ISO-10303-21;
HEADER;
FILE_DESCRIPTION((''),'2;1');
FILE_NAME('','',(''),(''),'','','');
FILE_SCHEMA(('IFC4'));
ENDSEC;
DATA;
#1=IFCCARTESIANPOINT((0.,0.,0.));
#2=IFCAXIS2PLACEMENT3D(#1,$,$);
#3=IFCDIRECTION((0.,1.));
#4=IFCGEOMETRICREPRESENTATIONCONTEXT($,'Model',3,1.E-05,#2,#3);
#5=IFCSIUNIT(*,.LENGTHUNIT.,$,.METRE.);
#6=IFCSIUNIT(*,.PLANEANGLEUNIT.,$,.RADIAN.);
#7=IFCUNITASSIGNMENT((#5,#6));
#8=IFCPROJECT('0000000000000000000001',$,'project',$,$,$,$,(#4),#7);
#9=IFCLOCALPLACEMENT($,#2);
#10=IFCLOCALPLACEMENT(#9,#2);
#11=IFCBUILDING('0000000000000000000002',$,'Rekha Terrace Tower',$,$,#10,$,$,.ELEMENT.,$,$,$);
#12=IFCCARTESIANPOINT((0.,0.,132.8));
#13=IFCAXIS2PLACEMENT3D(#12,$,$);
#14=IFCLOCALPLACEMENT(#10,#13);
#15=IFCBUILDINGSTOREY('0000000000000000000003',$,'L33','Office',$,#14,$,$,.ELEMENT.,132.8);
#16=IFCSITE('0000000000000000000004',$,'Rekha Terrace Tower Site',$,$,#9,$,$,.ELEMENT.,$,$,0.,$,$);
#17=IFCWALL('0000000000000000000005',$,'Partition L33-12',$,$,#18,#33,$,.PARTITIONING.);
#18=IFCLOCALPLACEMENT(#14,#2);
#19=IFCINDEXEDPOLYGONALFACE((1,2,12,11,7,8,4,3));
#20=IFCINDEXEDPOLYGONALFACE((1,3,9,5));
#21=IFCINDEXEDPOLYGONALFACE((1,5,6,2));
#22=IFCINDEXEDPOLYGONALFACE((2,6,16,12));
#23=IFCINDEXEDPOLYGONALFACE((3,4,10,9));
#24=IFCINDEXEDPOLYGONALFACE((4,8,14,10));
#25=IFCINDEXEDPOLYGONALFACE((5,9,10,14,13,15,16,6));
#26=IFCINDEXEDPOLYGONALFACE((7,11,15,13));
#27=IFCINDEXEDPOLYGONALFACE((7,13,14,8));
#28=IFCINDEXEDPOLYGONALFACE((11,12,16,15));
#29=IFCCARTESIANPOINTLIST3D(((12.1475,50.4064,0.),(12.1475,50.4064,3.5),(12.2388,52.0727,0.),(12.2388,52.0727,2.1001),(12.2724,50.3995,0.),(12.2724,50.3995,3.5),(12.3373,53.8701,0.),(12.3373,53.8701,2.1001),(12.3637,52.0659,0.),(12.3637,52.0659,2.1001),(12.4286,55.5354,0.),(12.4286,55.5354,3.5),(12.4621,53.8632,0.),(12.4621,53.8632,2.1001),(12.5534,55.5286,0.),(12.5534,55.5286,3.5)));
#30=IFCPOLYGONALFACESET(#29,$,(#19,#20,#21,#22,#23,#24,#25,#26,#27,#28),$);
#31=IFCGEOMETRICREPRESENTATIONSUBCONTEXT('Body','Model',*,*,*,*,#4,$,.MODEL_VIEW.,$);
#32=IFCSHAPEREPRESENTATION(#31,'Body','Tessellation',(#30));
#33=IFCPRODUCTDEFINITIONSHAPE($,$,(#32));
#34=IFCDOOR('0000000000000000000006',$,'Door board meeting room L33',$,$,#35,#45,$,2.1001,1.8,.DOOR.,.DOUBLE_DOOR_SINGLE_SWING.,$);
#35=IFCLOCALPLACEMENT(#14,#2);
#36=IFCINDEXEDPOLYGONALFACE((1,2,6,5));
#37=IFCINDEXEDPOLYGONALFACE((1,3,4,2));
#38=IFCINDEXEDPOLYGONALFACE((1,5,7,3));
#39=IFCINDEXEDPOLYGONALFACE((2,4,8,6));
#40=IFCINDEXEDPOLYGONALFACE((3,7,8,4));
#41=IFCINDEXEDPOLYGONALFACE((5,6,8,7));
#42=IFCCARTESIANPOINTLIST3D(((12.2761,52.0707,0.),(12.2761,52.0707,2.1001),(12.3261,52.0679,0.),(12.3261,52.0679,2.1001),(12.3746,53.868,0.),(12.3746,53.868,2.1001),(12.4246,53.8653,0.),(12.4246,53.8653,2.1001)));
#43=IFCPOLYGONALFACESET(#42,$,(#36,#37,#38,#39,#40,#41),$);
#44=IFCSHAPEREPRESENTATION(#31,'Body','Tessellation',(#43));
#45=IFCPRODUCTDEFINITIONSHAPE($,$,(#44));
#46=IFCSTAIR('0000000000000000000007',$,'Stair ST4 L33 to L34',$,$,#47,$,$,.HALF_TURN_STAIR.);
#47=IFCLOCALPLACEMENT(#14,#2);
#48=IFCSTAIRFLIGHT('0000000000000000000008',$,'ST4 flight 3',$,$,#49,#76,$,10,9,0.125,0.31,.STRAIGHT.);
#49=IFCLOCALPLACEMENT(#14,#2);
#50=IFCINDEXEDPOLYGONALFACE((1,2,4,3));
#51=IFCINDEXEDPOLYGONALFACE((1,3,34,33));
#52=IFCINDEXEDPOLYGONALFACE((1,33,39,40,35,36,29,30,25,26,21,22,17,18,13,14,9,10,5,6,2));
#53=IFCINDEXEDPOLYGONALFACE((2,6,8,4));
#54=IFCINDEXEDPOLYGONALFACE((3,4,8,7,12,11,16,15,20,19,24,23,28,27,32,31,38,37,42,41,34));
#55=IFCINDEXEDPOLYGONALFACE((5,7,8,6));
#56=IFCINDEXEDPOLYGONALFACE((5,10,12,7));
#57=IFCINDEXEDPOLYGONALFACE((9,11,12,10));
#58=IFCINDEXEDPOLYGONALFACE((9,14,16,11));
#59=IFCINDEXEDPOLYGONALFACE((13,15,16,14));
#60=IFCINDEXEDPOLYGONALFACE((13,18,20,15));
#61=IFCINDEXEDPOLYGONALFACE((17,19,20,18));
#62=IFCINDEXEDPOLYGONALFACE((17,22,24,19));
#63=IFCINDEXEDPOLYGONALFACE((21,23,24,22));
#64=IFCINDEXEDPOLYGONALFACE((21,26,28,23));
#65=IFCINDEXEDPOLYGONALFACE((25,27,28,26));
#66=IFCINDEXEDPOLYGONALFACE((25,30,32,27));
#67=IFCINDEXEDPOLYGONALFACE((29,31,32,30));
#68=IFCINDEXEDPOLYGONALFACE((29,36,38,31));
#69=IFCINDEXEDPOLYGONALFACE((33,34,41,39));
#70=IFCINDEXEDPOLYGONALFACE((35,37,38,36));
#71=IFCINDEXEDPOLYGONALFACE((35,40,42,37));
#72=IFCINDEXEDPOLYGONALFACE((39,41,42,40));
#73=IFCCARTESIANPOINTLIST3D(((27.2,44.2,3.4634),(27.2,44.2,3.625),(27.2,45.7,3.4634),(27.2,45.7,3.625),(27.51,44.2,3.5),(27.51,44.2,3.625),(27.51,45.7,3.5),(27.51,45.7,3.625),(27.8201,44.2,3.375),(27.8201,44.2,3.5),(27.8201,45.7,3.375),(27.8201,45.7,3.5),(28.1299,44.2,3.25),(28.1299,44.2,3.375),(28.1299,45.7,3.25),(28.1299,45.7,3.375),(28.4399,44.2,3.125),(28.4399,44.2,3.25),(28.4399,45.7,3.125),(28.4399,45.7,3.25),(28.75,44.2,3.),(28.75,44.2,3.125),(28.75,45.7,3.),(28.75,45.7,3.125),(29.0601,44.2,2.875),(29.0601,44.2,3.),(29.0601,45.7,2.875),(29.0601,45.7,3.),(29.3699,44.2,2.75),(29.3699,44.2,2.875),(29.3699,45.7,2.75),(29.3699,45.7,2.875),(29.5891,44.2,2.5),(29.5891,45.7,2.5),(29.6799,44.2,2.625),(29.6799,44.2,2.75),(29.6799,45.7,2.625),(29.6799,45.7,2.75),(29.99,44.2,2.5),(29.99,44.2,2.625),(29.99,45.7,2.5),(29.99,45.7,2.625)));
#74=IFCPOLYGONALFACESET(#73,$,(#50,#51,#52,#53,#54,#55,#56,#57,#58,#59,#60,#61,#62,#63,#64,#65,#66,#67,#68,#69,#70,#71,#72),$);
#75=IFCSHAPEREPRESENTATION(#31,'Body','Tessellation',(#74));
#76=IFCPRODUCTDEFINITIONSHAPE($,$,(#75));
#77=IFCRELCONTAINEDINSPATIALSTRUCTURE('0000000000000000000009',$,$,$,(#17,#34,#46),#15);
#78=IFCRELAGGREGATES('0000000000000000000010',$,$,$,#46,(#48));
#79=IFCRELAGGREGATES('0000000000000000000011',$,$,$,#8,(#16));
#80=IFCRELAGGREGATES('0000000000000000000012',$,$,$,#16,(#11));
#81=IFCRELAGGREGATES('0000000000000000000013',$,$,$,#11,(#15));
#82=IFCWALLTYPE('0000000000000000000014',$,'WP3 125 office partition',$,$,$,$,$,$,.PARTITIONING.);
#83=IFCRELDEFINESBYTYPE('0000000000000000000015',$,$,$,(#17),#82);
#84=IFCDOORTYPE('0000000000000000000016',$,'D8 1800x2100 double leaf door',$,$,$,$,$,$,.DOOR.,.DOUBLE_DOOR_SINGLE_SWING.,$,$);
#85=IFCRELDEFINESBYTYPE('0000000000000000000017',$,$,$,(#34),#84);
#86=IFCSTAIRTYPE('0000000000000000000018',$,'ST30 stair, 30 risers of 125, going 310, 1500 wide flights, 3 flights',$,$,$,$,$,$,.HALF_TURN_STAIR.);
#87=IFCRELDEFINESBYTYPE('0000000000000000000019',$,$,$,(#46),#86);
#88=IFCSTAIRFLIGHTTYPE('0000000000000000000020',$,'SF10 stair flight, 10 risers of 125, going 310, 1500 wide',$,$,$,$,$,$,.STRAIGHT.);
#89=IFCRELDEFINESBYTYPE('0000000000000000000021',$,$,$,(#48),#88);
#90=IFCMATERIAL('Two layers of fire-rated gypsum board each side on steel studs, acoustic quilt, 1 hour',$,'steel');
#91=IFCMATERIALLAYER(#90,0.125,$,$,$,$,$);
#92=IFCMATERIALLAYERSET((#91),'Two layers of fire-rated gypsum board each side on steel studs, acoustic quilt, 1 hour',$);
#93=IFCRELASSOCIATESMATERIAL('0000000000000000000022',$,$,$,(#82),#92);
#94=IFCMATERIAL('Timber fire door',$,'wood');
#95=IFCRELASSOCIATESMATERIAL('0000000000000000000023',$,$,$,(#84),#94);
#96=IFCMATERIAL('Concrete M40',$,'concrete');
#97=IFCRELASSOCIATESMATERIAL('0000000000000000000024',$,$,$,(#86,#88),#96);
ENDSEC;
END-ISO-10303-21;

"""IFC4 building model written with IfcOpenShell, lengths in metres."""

from ifc_helpers import new_model, si_unit, direction, frame, frame_2d, origin, place, context, subcontext, project, spatial, polyline, rectangle, outline, extrude, material, layer, layer_set, type_object, element, fill, aggregate, save


model = new_model("IFC4")

# Units and contexts
model_context = context("Model", 3, precision=1e-05, world=origin(), true_north=direction((0.0, 1.0)))
body_context = subcontext(model_context, "Body", "Model", "MODEL_VIEW")
ifc_project = project(units=[si_unit("LENGTHUNIT", "METRE"), si_unit("PLANEANGLEUNIT", "RADIAN")], contexts=[model_context])

# Site, building, storey
site_placement = place(None, origin())
site = spatial("IfcSite", under=ifc_project, at=site_placement, Name="Rekha Terrace Tower Site", CompositionType="ELEMENT", RefElevation=0.0)
building_placement = place(site_placement, origin())
building = spatial("IfcBuilding", under=site, at=building_placement, Name="Rekha Terrace Tower", CompositionType="ELEMENT")
storey_placement = place(building_placement, frame((0.0, 0.0, 132.8)))
storey = spatial("IfcBuildingStorey", under=building, at=storey_placement, Name="L33", Description="Office", CompositionType="ELEMENT", Elevation=132.8)

# Shared definitions
ifc_material_1 = material(Name="Timber fire door", Category="wood")

# Shared definitions
ifc_material_2 = material(Name="Two layers of fire-rated gypsum board each side on steel studs, acoustic quilt, 1 hour", Category="steel")
ifc_layer_1 = layer(ifc_material_2, 0.125)
ifc_layer_set_1 = layer_set([ifc_layer_1], Name="Two layers of fire-rated gypsum board each side on steel studs, acoustic quilt, 1 hour")
wall_type_1 = type_object("IfcWallType", Name="WP3 125 office partition", PredefinedType="PARTITIONING", material=ifc_layer_set_1)

# Wall, opening, door
wall_1_placement = place(storey_placement, frame((12.491, 55.532, 0.0), z_axis=(0.0, 0.0, 1.0), x_axis=(-0.054707, -0.998502, 0.0)))
wall_1 = element("IfcWall", 1, at=wall_1_placement, inside=storey, type_object=wall_type_1, Name="Partition L33-12", PredefinedType="PARTITIONING", context=body_context, shape_type="SweptSolid", body=[
    extrude(rectangle(XDim=5.1367, YDim=0.125, at=frame_2d((2.5684, 0.0))), origin(), (0.0, 0.0, 1.0), 3.5),
])
opening_1_placement = place(wall_1_placement, frame((1.668, 0.0, 0.0)))
opening_1 = element("IfcOpeningElement", 2, at=opening_1_placement, cuts=wall_1, PredefinedType="OPENING", context=body_context, shape_type="SweptSolid", body=[
    extrude(rectangle(XDim=1.8, YDim=2.1001, at=frame_2d((0.8999, 1.05))), frame((0.0, 0.0725, 0.0), z_axis=(0.0, -1.0, 0.0), x_axis=(1.0, 0.0, 0.0)), (0.0, 0.0, 1.0), 0.145),
])
door_type_1 = type_object("IfcDoorType", Name="D8 1800x2100 double leaf door", OperationType="DOUBLE_DOOR_SINGLE_SWING", PredefinedType="DOOR", material=ifc_material_1)
door_1_placement = place(opening_1_placement, origin())
door_1 = element("IfcDoor", 3, at=door_1_placement, inside=storey, type_object=door_type_1, Name="Door board meeting room L33", OperationType="DOUBLE_DOOR_SINGLE_SWING", OverallHeight=2.1001, OverallWidth=1.8, PredefinedType="DOOR", context=body_context, shape_type="SweptSolid", body=[
    extrude(rectangle(XDim=1.8, YDim=2.1001, at=frame_2d((0.8999, 1.05))), frame((0.0, 0.0249, 0.0), z_axis=(0.0, -1.0, 0.0), x_axis=(1.0, 0.0, 0.0)), (0.0, 0.0, 1.0), 0.05),
])
fill(opening_1, door_1)

# Stair, stair flight
ifc_material_3 = material(Name="Concrete M40", Category="concrete")
stair_type = type_object("IfcStairType", Name="ST30 stair, 30 risers of 125, going 310, 1500 wide flights, 3 flights", PredefinedType="HALF_TURN_STAIR", material=ifc_material_3)
stair_placement = place(storey_placement, origin())
stair = element("IfcStair", 4, at=stair_placement, inside=storey, type_object=stair_type, Name="Stair ST4 L33 to L34", PredefinedType="HALF_TURN_STAIR")
stair_flight_type = type_object("IfcStairFlightType", Name="SF10 stair flight, 10 risers of 125, going 310, 1500 wide", PredefinedType="STRAIGHT", material=ifc_material_3)
stair_flight_placement = place(storey_placement, frame((29.99, 44.95, 2.5), z_axis=(0.0, 0.0, 1.0), x_axis=(-1.0, 0.0, 0.0)))
stair_flight = element("IfcStairFlight", 5, at=stair_flight_placement, type_object=stair_flight_type, Name="ST4 flight 3", NumberOfRisers=10, NumberOfTreads=9, PredefinedType="STRAIGHT", RiserHeight=0.125, TreadLength=0.31, context=body_context, shape_type="SweptSolid", body=[
    extrude(outline(polyline([(0.0, 0.0), (0.0, 0.125), (0.3101, 0.125), (0.3101, 0.25), (0.6201, 0.25), (0.6201, 0.375), (0.9299, 0.375), (0.9299, 0.5), (1.24, 0.5), (1.24, 0.625), (1.55, 0.625), (1.55, 0.75), (1.8601, 0.75), (1.8601, 0.875), (2.1699, 0.875), (2.1699, 1.0), (2.48, 1.0), (2.48, 1.125), (2.79, 1.125), (2.79, 1.25), (2.79, 0.9634), (0.4009, 0.0), (0.0, 0.0)])), frame((0.0, 0.75, 0.0), z_axis=(0.0, -1.0, 0.0), x_axis=(1.0, 0.0, 0.0)), (0.0, 0.0, 1.0), 1.5),
])
aggregate(stair, [stair_flight])

save(model, "model.ifc")
